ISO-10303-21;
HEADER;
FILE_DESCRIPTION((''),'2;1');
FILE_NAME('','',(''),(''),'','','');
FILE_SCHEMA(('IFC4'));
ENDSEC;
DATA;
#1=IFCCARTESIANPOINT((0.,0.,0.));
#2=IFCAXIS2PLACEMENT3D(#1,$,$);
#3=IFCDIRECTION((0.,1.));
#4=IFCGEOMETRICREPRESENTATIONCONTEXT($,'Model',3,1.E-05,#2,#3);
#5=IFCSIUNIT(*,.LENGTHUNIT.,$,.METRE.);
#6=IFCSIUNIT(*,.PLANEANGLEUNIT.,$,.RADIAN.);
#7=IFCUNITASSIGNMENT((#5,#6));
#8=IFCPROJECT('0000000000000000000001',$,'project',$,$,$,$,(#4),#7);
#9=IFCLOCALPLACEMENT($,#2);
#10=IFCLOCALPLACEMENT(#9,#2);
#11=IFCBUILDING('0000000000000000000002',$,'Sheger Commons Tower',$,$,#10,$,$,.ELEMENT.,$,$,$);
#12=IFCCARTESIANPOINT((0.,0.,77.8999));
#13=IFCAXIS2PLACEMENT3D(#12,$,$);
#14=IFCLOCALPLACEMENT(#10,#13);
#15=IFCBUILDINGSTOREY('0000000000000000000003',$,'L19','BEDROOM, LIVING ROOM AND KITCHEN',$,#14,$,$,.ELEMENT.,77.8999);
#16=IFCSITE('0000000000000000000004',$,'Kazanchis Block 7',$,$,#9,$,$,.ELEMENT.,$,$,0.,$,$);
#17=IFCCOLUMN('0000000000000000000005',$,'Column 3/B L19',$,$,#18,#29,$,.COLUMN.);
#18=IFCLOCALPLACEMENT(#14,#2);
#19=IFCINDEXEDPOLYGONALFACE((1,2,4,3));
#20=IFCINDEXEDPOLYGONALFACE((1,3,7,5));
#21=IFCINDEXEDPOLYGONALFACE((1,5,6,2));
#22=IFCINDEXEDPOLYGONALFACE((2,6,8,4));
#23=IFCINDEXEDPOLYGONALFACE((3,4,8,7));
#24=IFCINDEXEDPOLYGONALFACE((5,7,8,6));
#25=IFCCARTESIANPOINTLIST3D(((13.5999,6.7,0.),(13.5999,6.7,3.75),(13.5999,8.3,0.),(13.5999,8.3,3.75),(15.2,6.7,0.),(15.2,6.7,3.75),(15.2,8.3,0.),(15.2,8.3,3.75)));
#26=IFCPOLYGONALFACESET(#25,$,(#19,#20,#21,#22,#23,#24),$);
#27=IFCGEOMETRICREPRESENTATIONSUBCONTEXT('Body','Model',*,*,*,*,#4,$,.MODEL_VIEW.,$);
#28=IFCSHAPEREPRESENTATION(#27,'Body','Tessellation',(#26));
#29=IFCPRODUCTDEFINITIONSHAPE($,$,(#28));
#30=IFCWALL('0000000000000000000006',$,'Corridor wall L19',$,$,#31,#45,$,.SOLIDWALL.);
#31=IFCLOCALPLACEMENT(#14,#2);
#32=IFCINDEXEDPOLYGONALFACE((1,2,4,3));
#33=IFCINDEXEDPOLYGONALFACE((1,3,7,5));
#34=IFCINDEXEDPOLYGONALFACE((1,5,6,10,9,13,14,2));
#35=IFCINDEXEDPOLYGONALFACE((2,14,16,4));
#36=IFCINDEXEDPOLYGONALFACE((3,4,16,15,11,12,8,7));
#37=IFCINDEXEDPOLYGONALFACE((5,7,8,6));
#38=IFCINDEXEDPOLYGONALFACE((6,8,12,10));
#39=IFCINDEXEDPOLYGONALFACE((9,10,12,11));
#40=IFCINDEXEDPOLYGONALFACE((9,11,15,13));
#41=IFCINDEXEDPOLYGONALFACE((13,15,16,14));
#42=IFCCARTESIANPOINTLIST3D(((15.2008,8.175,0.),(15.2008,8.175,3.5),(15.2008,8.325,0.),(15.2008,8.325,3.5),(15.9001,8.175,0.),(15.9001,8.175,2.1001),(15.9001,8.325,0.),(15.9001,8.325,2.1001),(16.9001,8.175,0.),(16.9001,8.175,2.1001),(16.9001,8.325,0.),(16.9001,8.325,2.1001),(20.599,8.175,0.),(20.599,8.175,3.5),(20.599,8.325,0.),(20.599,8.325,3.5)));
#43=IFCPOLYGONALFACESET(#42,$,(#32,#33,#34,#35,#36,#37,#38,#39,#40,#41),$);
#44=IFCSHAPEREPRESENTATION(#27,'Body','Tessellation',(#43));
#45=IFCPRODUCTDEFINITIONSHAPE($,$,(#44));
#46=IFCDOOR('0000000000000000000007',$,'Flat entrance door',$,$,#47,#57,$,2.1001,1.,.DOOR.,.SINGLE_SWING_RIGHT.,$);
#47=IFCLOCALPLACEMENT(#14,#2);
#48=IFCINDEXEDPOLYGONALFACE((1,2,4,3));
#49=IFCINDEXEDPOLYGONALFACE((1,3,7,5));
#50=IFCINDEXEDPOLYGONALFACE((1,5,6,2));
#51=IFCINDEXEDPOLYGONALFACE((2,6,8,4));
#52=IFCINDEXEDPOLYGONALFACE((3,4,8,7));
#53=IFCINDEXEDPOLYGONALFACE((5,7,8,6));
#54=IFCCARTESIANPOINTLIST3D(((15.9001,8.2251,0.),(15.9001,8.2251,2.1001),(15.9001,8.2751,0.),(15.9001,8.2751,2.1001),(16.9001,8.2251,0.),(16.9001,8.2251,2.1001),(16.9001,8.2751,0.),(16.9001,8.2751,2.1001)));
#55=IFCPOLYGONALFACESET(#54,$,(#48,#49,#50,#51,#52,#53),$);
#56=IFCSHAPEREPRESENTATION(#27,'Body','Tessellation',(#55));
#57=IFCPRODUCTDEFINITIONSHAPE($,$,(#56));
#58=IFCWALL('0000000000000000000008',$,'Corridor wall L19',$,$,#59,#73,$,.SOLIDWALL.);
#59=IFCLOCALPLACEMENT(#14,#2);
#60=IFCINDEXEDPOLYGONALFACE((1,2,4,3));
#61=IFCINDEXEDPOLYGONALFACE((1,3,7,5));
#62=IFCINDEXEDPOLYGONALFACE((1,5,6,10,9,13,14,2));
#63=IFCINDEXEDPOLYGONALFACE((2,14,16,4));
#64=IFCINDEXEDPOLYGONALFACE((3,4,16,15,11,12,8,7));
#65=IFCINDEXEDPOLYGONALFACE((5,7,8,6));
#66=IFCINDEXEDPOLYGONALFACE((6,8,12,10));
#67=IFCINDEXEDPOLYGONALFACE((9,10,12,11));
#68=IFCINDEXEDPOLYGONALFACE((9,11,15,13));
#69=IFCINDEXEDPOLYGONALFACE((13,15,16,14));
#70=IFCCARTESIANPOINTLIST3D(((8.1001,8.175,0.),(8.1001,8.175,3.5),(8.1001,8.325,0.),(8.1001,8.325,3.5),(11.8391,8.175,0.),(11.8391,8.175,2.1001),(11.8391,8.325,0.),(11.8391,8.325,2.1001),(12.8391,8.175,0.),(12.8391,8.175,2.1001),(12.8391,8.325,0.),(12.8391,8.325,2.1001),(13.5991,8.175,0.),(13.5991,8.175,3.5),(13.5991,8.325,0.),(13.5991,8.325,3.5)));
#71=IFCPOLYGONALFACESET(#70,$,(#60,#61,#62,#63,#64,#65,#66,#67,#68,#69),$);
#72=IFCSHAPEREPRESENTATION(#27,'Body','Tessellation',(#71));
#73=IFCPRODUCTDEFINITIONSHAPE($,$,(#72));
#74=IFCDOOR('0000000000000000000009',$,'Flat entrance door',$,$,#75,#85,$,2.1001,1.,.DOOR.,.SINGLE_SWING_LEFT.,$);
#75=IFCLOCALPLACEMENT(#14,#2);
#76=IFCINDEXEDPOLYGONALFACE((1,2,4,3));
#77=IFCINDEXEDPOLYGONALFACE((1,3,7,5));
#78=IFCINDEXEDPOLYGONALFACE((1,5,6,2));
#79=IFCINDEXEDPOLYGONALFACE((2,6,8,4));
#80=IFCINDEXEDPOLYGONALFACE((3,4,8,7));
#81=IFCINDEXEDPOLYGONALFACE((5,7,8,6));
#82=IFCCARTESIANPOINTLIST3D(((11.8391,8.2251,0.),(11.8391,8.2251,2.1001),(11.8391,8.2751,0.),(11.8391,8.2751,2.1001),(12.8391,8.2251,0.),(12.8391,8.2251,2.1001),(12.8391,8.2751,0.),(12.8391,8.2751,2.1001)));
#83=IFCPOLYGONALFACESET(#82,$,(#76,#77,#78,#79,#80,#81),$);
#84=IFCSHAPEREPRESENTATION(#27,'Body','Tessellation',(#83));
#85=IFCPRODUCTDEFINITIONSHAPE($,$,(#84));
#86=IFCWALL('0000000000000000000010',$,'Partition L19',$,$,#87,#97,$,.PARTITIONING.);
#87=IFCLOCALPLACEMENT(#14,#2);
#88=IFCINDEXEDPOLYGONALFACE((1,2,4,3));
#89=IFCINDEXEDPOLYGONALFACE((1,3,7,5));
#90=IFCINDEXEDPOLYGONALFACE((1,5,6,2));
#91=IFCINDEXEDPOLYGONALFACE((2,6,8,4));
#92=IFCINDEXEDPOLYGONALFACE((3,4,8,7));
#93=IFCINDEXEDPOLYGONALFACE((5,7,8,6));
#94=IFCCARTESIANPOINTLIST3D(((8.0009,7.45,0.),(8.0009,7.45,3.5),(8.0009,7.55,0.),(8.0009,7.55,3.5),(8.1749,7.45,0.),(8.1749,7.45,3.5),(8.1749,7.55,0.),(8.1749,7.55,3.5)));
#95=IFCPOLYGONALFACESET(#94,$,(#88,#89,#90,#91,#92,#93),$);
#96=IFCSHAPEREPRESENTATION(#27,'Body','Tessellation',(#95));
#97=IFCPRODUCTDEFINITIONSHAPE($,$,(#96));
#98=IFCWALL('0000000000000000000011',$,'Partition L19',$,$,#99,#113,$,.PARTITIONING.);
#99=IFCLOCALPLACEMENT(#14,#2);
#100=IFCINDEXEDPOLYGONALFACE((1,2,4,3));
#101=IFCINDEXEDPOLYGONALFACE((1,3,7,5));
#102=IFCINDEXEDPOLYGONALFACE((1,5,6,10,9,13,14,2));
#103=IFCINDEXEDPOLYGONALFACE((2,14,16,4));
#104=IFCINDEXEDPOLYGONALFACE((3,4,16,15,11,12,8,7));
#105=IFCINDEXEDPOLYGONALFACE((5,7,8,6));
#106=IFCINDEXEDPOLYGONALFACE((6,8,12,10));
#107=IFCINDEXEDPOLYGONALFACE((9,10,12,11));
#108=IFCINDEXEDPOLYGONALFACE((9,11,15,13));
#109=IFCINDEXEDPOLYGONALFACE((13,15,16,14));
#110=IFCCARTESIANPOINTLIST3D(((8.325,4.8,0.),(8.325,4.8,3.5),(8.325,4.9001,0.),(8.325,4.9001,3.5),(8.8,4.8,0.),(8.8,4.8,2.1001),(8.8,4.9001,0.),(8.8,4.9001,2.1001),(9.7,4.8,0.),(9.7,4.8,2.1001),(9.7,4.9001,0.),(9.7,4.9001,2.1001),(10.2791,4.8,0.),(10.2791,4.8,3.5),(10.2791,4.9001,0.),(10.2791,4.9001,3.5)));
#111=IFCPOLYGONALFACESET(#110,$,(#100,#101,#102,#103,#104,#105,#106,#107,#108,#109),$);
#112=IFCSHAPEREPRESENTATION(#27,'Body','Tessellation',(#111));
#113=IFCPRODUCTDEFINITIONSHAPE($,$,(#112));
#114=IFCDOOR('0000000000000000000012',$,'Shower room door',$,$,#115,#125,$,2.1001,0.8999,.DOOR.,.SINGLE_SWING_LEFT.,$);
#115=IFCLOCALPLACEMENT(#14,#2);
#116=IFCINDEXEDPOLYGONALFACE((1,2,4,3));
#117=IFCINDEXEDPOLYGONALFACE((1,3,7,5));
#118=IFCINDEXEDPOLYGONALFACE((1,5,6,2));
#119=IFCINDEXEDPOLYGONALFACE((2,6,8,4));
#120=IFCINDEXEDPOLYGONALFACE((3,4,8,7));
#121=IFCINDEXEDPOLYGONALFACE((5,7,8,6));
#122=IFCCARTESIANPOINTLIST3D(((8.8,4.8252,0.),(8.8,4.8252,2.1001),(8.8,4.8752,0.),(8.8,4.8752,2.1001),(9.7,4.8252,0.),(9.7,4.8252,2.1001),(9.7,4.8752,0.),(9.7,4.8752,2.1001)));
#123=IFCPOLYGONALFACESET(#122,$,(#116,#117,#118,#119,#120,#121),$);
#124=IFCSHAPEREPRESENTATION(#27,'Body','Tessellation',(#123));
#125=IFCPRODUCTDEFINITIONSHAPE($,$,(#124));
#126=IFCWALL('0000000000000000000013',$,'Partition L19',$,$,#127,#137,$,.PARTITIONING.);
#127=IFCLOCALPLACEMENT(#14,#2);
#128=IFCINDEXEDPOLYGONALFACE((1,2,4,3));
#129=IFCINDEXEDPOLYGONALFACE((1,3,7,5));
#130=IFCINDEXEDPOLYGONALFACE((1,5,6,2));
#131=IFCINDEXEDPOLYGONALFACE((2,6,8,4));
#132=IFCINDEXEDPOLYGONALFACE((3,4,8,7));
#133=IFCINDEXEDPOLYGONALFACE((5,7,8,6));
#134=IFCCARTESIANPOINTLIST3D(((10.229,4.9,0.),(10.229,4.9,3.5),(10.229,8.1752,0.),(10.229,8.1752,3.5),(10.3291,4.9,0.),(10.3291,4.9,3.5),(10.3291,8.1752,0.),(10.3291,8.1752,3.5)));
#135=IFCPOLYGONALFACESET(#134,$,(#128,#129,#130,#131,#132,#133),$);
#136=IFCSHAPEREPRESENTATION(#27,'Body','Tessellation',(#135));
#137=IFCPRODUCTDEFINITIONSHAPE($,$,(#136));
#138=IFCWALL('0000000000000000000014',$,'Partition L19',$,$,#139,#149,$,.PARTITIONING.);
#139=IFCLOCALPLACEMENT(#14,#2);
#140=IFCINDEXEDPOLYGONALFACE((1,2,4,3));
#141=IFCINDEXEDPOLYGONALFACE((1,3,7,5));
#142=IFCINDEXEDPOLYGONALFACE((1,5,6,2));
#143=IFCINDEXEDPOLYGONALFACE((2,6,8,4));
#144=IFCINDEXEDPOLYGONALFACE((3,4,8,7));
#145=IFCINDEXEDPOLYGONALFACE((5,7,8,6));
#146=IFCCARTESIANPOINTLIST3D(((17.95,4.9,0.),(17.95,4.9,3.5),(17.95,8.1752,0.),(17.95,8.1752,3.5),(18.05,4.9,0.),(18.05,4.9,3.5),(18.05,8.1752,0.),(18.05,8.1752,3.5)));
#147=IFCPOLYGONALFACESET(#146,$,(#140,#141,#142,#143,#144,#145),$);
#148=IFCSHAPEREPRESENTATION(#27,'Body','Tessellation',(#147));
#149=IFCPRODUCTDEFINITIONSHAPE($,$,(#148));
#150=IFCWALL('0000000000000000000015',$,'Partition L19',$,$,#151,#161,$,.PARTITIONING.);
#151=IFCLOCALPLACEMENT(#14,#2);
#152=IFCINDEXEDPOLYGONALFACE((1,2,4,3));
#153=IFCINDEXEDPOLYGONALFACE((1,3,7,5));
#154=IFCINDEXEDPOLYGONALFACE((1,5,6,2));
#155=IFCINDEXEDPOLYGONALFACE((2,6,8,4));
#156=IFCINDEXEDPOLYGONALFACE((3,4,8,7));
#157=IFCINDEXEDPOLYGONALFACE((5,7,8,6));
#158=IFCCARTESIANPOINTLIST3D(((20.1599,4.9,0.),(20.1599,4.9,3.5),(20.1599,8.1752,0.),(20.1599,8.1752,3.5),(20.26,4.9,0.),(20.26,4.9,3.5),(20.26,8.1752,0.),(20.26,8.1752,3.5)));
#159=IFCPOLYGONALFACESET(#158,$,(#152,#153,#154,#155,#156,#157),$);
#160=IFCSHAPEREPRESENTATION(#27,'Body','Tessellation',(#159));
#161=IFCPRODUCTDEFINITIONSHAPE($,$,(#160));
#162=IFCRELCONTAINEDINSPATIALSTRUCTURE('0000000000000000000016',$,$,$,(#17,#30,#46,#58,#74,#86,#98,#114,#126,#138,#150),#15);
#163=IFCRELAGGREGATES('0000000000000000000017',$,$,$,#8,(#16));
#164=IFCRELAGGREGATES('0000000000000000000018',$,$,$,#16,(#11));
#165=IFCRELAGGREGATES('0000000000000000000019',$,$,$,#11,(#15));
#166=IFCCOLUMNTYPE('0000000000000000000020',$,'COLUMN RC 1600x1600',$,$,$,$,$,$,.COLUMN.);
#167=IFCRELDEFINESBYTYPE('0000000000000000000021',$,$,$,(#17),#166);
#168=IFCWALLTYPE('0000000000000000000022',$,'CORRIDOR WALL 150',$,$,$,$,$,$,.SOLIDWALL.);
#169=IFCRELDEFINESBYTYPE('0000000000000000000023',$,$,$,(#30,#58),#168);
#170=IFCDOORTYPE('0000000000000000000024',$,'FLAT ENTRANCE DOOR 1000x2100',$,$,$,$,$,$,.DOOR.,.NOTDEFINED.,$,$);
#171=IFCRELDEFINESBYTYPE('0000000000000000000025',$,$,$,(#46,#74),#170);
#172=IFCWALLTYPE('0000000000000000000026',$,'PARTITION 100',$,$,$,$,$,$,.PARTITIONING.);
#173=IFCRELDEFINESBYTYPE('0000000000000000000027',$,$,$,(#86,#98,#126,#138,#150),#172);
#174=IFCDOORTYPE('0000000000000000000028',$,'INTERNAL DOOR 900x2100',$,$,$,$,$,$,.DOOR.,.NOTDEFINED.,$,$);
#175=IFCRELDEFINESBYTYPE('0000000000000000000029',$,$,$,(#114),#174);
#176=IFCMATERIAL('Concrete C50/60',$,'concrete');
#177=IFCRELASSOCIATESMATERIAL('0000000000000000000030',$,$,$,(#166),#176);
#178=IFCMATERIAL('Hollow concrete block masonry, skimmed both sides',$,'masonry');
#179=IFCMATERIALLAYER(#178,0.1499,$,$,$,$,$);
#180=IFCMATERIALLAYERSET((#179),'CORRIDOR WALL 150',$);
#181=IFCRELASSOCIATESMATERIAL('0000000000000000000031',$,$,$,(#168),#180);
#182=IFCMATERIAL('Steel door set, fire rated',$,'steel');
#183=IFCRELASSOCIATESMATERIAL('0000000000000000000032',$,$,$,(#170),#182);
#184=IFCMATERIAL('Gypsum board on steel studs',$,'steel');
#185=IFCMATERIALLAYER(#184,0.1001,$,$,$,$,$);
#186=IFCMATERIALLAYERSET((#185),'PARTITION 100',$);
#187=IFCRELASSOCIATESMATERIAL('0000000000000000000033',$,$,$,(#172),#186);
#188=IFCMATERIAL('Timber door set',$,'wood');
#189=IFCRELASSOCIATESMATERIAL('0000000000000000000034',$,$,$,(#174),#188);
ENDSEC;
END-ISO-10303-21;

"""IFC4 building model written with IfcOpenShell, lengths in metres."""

from ifc_helpers import new_model, si_unit, direction, frame, frame_2d, origin, origin_2d, place, context, subcontext, project, spatial, rectangle, extrude, material, layer, layer_set, material_profile, profile_set, type_object, element, fill, save


model = new_model("IFC4")

# Units and contexts
model_context = context("Model", 3, precision=1e-05, world=origin(), true_north=direction((0.0, 1.0)))
body_context = subcontext(model_context, "Body", "Model", "MODEL_VIEW")
ifc_project = project(units=[si_unit("LENGTHUNIT", "METRE"), si_unit("PLANEANGLEUNIT", "RADIAN")], contexts=[model_context])

# Site, building, storey
site_placement = place(None, origin())
site = spatial("IfcSite", under=ifc_project, at=site_placement, Name="Kazanchis Block 7", CompositionType="ELEMENT", RefElevation=0.0)
building_placement = place(site_placement, origin())
building = spatial("IfcBuilding", under=site, at=building_placement, Name="Sheger Commons Tower", CompositionType="ELEMENT")
storey_placement = place(building_placement, frame((0.0, 0.0, 77.8999)))
storey = spatial("IfcBuildingStorey", under=building, at=storey_placement, Name="L19", Description="BEDROOM, LIVING ROOM AND KITCHEN", CompositionType="ELEMENT", Elevation=77.8999)

# Column
ifc_material_1 = material(Name="Concrete C50/60", Category="concrete")
ifc_material_profile = material_profile(ifc_material_1, rectangle(XDim=1.6001, YDim=1.6001, at=origin_2d()), Name="RC 1600x1600")
ifc_profile_set = profile_set([ifc_material_profile], Name="Concrete C50/60")
column_type = type_object("IfcColumnType", Name="COLUMN RC 1600x1600", PredefinedType="COLUMN", material=ifc_profile_set)
column_placement = place(storey_placement, frame((14.3999, 7.5, 0.0), z_axis=(0.0, 0.0, 1.0), x_axis=(1.0, 0.0, 0.0)))
element("IfcColumn", 1, at=column_placement, inside=storey, type_object=column_type, Name="Column 3/B L19", PredefinedType="COLUMN", context=body_context, shape_type="SweptSolid", body=[
    extrude(rectangle(XDim=1.6001, YDim=1.6001, at=origin_2d()), origin(), (0.0, 0.0, 1.0), 3.75),
])

# Walls, openings, doors
ifc_material_2 = material(Name="Hollow concrete block masonry, skimmed both sides", Category="masonry")
ifc_layer_1 = layer(ifc_material_2, 0.1499)
ifc_layer_set_1 = layer_set([ifc_layer_1], Name="CORRIDOR WALL 150")
wall_type_1 = type_object("IfcWallType", Name="CORRIDOR WALL 150", PredefinedType="SOLIDWALL", material=ifc_layer_set_1)
wall_1_placement = place(storey_placement, frame((20.5991, 8.25, 0.0), z_axis=(0.0, 0.0, 1.0), x_axis=(-1.0, 0.0, 0.0)))
wall_1 = element("IfcWall", 2, at=wall_1_placement, inside=storey, type_object=wall_type_1, Name="Corridor wall L19", PredefinedType="SOLIDWALL", context=body_context, shape_type="SweptSolid", body=[
    extrude(rectangle(XDim=5.3982, YDim=0.1499, at=frame_2d((2.6992, 0.0))), origin(), (0.0, 0.0, 1.0), 3.5),
])
opening_1_placement = place(wall_1_placement, frame((3.699, 0.0, 0.0)))
opening_1 = element("IfcOpeningElement", 3, at=opening_1_placement, cuts=wall_1, PredefinedType="OPENING", context=body_context, shape_type="SweptSolid", body=[
    extrude(rectangle(XDim=1.0, YDim=2.1001, at=frame_2d((0.5, 1.05))), frame((0.0, 0.085, 0.0), z_axis=(0.0, -1.0, 0.0), x_axis=(1.0, 0.0, 0.0)), (0.0, 0.0, 1.0), 0.1699),
])
ifc_material_3 = material(Name="Steel door set, fire rated", Category="steel")
door_type_1 = type_object("IfcDoorType", Name="FLAT ENTRANCE DOOR 1000x2100", OperationType="NOTDEFINED", PredefinedType="DOOR", material=ifc_material_3)
door_1_placement = place(opening_1_placement, origin())
door_1 = element("IfcDoor", 4, at=door_1_placement, inside=storey, type_object=door_type_1, Name="Flat entrance door", OperationType="SINGLE_SWING_RIGHT", OverallHeight=2.1001, OverallWidth=1.0, PredefinedType="DOOR", context=body_context, shape_type="SweptSolid", body=[
    extrude(rectangle(XDim=1.0, YDim=2.1001, at=frame_2d((0.5, 1.05))), frame((0.0, 0.0249, 0.0), z_axis=(0.0, -1.0, 0.0), x_axis=(1.0, 0.0, 0.0)), (0.0, 0.0, 1.0), 0.05),
])
fill(opening_1, door_1)
wall_2_placement = place(storey_placement, frame((13.5991, 8.25, 0.0), z_axis=(0.0, 0.0, 1.0), x_axis=(-1.0, 0.0, 0.0)))
wall_2 = element("IfcWall", 5, at=wall_2_placement, inside=storey, type_object=wall_type_1, Name="Corridor wall L19", PredefinedType="SOLIDWALL", context=body_context, shape_type="SweptSolid", body=[
    extrude(rectangle(XDim=5.499, YDim=0.1499, at=frame_2d((2.7495, 0.0))), origin(), (0.0, 0.0, 1.0), 3.5),
])
opening_2_placement = place(wall_2_placement, frame((0.76, 0.0, 0.0)))
opening_2 = element("IfcOpeningElement", 6, at=opening_2_placement, cuts=wall_2, PredefinedType="OPENING", context=body_context, shape_type="SweptSolid", body=[
    extrude(rectangle(XDim=1.0, YDim=2.1001, at=frame_2d((0.5, 1.05))), frame((0.0, 0.085, 0.0), z_axis=(0.0, -1.0, 0.0), x_axis=(1.0, 0.0, 0.0)), (0.0, 0.0, 1.0), 0.1699),
])
door_2_placement = place(opening_2_placement, origin())
door_2 = element("IfcDoor", 7, at=door_2_placement, inside=storey, type_object=door_type_1, Name="Flat entrance door", OperationType="SINGLE_SWING_LEFT", OverallHeight=2.1001, OverallWidth=1.0, PredefinedType="DOOR", context=body_context, shape_type="SweptSolid", body=[
    extrude(rectangle(XDim=1.0, YDim=2.1001, at=frame_2d((0.5, 1.05))), frame((0.0, 0.0249, 0.0), z_axis=(0.0, -1.0, 0.0), x_axis=(1.0, 0.0, 0.0)), (0.0, 0.0, 1.0), 0.05),
])
fill(opening_2, door_2)

# Wall
ifc_material_4 = material(Name="Gypsum board on steel studs", Category="steel")
ifc_layer_2 = layer(ifc_material_4, 0.1001)
ifc_layer_set_2 = layer_set([ifc_layer_2], Name="PARTITION 100")
wall_type_2 = type_object("IfcWallType", Name="PARTITION 100", PredefinedType="PARTITIONING", material=ifc_layer_set_2)
wall_3_placement = place(storey_placement, frame((8.001, 7.5, 0.0), z_axis=(0.0, 0.0, 1.0), x_axis=(1.0, 0.0, 0.0)))
element("IfcWall", 8, at=wall_3_placement, inside=storey, type_object=wall_type_2, Name="Partition L19", PredefinedType="PARTITIONING", context=body_context, shape_type="SweptSolid", body=[
    extrude(rectangle(XDim=0.1741, YDim=0.1001, at=frame_2d((0.0869, 0.0))), origin(), (0.0, 0.0, 1.0), 3.5),
])

# Wall, opening, door
wall_4_placement = place(storey_placement, frame((10.2791, 4.8501, 0.0), z_axis=(0.0, 0.0, 1.0), x_axis=(-1.0, 0.0, 0.0)))
wall_4 = element("IfcWall", 9, at=wall_4_placement, inside=storey, type_object=wall_type_2, Name="Partition L19", PredefinedType="PARTITIONING", context=body_context, shape_type="SweptSolid", body=[
    extrude(rectangle(XDim=1.9541, YDim=0.1001, at=frame_2d((0.9771, 0.0))), origin(), (0.0, 0.0, 1.0), 3.5),
])
opening_3_placement = place(wall_4_placement, frame((0.5791, 0.0, 0.0)))
opening_3 = element("IfcOpeningElement", 10, at=opening_3_placement, cuts=wall_4, PredefinedType="OPENING", context=body_context, shape_type="SweptSolid", body=[
    extrude(rectangle(XDim=0.8999, YDim=2.1001, at=frame_2d((0.45, 1.05))), frame((0.0, 0.0601, 0.0), z_axis=(0.0, -1.0, 0.0), x_axis=(1.0, 0.0, 0.0)), (0.0, 0.0, 1.0), 0.1201),
])
ifc_material_5 = material(Name="Timber door set", Category="wood")
door_type_2 = type_object("IfcDoorType", Name="INTERNAL DOOR 900x2100", OperationType="NOTDEFINED", PredefinedType="DOOR", material=ifc_material_5)
door_3_placement = place(opening_3_placement, origin())
door_3 = element("IfcDoor", 11, at=door_3_placement, inside=storey, type_object=door_type_2, Name="Shower room door", OperationType="SINGLE_SWING_LEFT", OverallHeight=2.1001, OverallWidth=0.8999, PredefinedType="DOOR", context=body_context, shape_type="SweptSolid", body=[
    extrude(rectangle(XDim=0.8999, YDim=2.1001, at=frame_2d((0.45, 1.05))), frame((0.0, 0.0249, 0.0), z_axis=(0.0, -1.0, 0.0), x_axis=(1.0, 0.0, 0.0)), (0.0, 0.0, 1.0), 0.05),
])
fill(opening_3, door_3)

# Walls
for number, where, z_axis, x_axis, name in (
    (12, (10.2791, 4.8999, 0.0), (0.0, 0.0, 1.0), (0.0, 1.0, 0.0), "Partition L19"),
    (13, (18.0, 4.8999, 0.0), (0.0, 0.0, 1.0), (0.0, 1.0, 0.0), "Partition L19"),
    (14, (20.21, 4.8999, 0.0), (0.0, 0.0, 1.0), (0.0, 1.0, 0.0), "Partition L19"),
):
    element("IfcWall", number, at=place(storey_placement, frame(where, z_axis=z_axis, x_axis=x_axis)), inside=storey, type_object=wall_type_2, Name=name, PredefinedType="PARTITIONING", context=body_context, shape_type="SweptSolid", body=[
        extrude(rectangle(XDim=3.2751, YDim=0.1001, at=frame_2d((1.6377, 0.0))), origin(), (0.0, 0.0, 1.0), 3.5),
    ])

save(model, "model.ifc")
